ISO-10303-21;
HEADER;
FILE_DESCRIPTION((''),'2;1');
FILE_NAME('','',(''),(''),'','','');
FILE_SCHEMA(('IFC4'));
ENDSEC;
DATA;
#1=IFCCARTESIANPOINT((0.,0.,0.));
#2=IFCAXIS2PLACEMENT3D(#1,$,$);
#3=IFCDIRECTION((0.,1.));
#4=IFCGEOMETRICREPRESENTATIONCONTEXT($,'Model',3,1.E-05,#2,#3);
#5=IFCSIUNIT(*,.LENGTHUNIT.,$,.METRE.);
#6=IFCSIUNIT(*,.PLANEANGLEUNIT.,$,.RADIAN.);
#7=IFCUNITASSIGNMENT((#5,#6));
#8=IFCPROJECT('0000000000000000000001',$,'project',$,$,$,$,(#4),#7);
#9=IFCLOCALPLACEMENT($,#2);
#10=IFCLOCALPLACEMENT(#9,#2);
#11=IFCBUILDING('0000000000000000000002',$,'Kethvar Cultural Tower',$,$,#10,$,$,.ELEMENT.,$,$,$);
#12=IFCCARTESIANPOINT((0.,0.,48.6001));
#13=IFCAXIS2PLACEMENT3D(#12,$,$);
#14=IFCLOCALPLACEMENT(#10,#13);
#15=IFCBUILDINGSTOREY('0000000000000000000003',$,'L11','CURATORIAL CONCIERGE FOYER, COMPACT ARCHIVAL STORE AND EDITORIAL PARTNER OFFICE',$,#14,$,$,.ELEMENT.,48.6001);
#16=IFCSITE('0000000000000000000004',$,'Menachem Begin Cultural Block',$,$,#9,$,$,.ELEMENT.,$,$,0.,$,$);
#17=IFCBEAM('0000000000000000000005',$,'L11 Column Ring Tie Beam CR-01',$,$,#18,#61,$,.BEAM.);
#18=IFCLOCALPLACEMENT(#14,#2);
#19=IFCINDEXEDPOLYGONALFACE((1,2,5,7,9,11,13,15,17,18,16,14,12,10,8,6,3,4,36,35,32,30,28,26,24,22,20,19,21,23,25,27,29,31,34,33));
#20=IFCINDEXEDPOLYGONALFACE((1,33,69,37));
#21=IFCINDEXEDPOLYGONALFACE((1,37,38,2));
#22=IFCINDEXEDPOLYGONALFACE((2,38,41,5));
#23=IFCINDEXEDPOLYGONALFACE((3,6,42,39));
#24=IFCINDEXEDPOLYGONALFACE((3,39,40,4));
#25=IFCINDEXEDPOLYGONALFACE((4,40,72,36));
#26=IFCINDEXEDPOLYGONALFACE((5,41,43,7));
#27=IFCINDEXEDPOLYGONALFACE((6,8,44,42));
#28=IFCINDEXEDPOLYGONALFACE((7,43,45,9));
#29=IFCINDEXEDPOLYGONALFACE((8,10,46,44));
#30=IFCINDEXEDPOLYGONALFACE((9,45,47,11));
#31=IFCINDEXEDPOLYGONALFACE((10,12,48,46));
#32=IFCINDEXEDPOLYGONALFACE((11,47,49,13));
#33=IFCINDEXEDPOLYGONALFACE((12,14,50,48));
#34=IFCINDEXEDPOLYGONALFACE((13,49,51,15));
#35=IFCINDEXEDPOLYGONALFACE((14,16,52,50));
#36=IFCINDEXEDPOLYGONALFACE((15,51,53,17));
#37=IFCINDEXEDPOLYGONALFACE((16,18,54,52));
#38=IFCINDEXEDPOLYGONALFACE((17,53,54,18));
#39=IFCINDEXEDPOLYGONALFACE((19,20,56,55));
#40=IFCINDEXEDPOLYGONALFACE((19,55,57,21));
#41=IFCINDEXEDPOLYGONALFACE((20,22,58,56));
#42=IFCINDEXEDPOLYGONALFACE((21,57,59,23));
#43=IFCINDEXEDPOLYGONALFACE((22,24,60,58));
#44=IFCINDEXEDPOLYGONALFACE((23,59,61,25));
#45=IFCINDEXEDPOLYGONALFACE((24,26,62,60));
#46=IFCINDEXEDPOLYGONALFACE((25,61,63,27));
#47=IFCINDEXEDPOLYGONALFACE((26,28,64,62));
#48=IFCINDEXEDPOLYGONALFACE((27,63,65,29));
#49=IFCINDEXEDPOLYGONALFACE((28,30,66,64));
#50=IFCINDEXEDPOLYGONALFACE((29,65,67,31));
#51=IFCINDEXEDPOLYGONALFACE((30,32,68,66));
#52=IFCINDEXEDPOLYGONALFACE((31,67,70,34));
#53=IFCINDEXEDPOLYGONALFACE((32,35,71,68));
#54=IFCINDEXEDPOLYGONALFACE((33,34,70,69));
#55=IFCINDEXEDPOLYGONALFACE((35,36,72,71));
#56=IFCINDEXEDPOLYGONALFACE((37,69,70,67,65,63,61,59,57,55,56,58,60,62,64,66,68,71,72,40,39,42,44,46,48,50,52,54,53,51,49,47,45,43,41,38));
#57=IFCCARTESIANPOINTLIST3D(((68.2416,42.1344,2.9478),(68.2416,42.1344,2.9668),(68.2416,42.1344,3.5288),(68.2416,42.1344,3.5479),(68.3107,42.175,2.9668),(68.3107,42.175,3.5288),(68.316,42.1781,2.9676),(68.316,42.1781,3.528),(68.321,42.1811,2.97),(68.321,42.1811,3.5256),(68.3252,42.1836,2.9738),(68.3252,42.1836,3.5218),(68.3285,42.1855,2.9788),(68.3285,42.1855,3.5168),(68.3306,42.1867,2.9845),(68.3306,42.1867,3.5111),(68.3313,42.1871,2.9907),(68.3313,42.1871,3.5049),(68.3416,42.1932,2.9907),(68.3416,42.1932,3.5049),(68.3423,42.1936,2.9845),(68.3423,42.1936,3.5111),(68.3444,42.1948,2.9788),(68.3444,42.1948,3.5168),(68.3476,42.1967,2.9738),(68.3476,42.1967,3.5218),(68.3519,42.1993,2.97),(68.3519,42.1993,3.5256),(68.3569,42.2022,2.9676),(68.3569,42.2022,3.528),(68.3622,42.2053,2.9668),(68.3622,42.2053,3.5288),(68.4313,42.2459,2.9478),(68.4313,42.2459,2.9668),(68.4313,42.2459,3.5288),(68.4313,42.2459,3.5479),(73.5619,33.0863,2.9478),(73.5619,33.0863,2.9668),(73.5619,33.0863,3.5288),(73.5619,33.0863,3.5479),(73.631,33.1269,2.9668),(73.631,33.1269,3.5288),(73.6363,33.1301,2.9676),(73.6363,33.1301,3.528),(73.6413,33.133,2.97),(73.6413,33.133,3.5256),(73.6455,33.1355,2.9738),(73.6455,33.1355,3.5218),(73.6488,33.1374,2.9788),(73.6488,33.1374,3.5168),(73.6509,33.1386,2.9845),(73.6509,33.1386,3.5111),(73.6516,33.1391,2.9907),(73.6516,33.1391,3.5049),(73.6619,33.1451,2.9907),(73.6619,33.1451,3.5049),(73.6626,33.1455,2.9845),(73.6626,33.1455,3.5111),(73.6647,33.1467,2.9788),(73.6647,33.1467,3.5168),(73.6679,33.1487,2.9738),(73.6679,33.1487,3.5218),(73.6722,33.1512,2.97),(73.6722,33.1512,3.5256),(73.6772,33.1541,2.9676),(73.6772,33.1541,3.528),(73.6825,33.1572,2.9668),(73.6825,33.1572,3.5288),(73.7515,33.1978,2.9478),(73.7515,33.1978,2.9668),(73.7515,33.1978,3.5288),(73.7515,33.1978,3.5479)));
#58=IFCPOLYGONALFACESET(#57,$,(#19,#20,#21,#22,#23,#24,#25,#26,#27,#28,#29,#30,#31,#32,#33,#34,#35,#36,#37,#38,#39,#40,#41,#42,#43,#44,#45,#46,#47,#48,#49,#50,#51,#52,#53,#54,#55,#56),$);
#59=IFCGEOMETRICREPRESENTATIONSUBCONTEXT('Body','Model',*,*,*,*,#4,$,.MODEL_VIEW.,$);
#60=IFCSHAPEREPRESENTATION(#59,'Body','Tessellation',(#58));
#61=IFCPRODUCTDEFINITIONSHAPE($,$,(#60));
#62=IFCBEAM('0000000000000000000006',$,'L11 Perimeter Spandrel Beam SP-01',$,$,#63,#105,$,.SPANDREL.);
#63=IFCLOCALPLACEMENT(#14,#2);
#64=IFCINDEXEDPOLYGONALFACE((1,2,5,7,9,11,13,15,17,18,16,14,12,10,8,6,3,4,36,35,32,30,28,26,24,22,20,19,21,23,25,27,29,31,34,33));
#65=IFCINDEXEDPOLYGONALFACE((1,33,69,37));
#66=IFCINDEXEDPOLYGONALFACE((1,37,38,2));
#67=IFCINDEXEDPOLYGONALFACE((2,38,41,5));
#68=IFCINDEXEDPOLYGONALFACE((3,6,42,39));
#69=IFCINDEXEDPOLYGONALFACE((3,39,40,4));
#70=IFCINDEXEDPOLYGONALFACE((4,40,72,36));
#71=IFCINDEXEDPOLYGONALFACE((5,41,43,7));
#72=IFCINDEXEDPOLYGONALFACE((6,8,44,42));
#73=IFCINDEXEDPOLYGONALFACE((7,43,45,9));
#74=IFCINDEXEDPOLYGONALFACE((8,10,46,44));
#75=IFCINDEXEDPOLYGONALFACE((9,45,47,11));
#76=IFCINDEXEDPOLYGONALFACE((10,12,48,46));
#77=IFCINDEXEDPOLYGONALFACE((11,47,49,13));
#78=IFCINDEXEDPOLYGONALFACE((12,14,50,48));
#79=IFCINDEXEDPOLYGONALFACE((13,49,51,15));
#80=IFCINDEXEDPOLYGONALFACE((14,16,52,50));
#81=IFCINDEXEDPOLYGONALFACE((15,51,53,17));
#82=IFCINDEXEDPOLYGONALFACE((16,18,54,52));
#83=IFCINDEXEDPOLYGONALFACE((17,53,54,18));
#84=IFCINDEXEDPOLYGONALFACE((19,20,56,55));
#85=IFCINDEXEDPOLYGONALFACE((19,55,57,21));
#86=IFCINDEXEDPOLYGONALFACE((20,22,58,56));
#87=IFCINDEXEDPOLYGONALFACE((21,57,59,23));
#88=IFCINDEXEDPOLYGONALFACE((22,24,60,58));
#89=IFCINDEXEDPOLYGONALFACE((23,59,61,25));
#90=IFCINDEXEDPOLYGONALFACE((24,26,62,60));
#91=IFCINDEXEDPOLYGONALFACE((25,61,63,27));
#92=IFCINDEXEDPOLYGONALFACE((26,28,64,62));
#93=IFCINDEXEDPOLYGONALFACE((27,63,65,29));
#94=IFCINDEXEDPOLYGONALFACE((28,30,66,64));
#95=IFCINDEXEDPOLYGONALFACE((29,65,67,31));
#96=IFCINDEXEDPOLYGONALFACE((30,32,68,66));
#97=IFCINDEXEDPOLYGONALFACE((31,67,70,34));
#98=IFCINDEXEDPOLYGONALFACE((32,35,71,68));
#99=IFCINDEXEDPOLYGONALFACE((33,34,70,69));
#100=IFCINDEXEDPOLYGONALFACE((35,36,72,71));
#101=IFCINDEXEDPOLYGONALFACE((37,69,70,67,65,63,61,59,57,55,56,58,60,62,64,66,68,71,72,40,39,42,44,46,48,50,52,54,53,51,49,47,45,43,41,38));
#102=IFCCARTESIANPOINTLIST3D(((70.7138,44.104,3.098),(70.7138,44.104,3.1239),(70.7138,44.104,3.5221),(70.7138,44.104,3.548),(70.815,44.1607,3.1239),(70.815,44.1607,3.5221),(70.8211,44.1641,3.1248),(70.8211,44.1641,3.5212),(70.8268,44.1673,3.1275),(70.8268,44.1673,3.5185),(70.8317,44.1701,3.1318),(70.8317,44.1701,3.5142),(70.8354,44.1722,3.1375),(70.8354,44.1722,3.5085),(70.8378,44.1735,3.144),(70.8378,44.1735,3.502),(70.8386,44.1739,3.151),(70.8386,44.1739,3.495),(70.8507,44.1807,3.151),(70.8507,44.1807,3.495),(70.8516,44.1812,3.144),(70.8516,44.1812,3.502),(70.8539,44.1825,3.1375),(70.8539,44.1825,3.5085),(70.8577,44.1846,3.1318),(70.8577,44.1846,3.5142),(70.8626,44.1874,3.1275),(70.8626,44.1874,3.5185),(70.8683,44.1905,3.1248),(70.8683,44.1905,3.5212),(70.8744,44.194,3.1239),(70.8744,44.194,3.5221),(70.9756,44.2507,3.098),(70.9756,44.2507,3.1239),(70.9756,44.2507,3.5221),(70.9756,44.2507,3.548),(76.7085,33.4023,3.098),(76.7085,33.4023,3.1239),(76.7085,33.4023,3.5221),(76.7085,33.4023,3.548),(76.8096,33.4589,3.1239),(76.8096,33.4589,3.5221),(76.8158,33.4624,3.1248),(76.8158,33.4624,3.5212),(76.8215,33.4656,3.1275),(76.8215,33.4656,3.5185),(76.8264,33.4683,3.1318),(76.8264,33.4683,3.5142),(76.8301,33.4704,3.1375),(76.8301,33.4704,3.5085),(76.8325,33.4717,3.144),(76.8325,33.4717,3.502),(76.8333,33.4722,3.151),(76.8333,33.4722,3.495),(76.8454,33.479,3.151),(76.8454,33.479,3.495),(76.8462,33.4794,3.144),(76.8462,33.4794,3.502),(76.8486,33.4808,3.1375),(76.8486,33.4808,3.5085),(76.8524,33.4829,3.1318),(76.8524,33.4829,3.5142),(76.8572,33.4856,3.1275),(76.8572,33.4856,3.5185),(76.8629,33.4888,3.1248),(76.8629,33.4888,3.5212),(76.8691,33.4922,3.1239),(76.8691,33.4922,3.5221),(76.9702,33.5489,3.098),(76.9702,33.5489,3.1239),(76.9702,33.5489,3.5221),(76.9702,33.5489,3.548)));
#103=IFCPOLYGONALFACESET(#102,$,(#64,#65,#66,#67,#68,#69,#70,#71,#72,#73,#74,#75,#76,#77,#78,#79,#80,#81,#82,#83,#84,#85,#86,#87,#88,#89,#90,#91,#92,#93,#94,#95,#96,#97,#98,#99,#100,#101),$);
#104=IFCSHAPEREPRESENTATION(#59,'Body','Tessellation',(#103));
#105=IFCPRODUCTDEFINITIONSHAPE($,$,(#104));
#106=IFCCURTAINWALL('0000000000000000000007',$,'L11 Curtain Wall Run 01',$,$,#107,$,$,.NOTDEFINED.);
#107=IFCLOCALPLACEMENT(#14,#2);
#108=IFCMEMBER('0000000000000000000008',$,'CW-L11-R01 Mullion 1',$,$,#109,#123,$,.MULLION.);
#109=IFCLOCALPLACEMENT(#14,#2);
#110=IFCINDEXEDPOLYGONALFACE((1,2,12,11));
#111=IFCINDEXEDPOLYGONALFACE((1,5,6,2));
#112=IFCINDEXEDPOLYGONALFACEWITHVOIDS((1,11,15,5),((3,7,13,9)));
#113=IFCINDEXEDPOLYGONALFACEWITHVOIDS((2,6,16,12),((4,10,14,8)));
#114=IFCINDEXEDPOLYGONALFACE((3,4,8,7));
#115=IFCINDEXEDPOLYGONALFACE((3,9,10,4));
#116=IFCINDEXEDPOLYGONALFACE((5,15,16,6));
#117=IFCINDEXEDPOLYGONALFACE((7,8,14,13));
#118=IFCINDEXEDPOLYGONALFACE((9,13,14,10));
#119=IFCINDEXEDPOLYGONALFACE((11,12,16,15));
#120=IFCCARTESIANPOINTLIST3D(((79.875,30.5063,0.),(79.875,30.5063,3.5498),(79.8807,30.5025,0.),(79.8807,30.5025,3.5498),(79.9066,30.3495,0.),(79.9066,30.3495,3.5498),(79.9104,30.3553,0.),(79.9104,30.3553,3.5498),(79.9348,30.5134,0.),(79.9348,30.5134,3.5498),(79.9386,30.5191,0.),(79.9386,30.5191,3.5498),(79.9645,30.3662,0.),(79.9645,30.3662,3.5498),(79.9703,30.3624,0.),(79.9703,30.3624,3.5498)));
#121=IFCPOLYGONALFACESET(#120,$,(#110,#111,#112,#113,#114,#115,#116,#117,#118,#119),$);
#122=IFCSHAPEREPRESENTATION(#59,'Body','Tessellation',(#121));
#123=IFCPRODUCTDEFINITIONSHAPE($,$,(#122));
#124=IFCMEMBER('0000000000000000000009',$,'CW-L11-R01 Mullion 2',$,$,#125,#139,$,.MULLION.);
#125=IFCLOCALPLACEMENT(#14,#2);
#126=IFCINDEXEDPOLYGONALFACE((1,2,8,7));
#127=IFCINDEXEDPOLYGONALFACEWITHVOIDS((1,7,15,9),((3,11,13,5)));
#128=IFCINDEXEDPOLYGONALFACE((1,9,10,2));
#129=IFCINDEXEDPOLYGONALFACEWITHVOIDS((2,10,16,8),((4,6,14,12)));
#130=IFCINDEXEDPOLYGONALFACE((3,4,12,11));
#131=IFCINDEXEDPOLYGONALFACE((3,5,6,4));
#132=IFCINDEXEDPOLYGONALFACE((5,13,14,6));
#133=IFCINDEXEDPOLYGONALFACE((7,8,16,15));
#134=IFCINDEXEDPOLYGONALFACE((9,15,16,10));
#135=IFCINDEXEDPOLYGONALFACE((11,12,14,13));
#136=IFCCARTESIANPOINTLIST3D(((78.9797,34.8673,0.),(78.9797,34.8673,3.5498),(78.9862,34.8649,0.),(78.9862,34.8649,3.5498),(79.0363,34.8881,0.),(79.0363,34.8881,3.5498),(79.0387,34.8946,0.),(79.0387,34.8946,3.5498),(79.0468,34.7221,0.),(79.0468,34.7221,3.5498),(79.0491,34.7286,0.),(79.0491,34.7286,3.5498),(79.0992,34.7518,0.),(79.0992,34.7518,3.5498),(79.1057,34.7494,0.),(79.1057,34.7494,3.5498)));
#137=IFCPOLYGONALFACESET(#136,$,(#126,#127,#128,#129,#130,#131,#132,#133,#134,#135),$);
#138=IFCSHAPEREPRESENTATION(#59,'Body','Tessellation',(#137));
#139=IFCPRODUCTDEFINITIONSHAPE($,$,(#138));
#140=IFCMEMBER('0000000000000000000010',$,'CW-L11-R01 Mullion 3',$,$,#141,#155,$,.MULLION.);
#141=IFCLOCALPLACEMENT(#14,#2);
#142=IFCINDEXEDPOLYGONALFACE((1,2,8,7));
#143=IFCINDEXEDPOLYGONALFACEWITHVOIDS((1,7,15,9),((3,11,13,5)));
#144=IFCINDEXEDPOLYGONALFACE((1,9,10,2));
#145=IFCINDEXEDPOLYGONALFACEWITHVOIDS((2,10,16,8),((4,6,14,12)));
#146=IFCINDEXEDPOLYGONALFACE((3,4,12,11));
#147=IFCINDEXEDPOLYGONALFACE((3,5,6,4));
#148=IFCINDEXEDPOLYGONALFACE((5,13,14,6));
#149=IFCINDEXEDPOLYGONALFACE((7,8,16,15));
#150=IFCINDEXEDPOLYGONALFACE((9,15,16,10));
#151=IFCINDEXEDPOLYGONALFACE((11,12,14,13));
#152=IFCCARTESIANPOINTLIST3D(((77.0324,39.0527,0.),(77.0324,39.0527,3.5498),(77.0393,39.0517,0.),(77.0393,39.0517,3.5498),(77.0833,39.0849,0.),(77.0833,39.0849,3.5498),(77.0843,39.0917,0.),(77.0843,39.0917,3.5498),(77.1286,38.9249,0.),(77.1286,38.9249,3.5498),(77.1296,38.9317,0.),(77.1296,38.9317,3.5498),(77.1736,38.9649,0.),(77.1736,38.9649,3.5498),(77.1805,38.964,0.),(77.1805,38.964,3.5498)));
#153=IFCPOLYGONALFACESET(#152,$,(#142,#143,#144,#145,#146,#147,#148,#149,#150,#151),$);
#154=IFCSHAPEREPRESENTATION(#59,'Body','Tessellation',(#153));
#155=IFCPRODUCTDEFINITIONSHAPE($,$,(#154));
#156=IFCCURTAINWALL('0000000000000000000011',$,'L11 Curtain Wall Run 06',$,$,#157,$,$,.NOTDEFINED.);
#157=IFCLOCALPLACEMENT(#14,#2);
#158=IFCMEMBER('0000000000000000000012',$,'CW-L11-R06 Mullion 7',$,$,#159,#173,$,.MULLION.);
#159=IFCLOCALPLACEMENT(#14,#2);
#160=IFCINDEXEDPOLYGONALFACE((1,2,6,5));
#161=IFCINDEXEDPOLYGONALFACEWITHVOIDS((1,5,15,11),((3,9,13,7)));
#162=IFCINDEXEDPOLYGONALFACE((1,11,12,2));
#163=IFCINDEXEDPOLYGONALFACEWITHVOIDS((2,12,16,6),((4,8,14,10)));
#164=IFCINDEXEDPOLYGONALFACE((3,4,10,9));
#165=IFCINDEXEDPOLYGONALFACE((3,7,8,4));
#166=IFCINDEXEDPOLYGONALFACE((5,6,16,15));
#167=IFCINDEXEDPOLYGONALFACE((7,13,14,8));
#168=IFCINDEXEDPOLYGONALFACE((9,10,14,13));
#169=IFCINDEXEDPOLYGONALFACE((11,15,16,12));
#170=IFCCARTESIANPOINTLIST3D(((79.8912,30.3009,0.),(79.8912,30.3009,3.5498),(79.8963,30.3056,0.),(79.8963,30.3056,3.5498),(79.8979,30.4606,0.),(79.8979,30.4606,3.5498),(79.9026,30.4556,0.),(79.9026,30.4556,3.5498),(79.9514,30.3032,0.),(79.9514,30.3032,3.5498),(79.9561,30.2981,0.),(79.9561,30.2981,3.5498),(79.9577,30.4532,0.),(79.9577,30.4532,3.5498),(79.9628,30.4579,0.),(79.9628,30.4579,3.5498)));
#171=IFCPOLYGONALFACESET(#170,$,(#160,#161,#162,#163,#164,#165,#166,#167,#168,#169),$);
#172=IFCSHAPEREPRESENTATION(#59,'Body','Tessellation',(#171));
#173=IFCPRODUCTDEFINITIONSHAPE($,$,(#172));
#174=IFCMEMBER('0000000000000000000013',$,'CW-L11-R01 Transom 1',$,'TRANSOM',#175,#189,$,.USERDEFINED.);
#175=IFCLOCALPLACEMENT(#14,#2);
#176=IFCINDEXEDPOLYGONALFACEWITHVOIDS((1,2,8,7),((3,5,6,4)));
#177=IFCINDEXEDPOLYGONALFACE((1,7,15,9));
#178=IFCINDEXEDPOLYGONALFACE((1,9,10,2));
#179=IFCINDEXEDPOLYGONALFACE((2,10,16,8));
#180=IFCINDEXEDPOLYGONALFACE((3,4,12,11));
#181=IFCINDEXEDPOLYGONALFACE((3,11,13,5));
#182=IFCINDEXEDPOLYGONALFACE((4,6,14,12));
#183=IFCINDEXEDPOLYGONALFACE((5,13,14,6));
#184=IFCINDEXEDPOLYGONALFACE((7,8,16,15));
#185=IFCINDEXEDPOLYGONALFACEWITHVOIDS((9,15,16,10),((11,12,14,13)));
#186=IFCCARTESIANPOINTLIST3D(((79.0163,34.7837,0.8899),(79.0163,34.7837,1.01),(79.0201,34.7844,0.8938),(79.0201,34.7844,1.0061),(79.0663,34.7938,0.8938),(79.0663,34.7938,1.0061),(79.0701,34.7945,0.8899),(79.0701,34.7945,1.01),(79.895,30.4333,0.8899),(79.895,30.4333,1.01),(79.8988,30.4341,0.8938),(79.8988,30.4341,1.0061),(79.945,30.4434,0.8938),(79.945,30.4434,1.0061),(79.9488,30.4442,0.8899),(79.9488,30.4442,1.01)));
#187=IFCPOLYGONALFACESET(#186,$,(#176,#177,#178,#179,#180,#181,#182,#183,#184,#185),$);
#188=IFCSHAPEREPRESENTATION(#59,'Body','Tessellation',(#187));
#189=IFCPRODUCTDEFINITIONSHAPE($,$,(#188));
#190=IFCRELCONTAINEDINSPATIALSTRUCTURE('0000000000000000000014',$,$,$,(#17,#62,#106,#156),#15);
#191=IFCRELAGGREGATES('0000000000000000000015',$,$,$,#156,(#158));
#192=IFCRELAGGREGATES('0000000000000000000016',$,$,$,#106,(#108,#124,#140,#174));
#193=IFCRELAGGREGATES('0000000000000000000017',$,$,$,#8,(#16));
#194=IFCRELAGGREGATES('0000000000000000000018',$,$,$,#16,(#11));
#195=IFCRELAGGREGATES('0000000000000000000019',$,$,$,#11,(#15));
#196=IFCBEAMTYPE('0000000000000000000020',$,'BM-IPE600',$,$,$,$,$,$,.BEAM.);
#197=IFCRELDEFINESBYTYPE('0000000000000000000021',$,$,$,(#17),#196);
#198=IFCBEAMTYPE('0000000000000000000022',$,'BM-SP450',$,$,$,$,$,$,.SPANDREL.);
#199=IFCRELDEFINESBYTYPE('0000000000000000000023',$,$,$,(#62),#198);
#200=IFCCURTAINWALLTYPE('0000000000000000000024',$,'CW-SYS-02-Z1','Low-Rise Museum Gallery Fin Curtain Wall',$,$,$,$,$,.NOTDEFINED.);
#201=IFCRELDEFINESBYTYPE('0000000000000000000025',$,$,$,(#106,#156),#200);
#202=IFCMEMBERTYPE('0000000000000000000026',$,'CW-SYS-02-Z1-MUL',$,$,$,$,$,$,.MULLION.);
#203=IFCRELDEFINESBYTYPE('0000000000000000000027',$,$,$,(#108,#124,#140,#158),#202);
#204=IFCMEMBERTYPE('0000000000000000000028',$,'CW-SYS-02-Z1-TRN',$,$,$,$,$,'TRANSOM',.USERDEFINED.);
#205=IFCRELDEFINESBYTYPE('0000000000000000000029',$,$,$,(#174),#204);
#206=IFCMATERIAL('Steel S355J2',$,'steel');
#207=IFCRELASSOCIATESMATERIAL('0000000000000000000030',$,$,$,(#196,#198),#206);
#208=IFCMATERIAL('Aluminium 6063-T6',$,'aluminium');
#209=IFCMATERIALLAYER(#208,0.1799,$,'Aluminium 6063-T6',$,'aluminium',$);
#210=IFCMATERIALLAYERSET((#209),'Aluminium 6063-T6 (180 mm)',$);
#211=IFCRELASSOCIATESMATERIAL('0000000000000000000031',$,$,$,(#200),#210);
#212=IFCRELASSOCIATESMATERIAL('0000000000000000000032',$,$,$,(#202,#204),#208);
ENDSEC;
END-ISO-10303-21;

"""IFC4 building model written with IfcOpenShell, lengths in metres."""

from ifc_helpers import new_model, si_unit, direction, frame, origin, origin_2d, place, context, subcontext, project, spatial, hollow_rectangle, i_section, extrude, source, transform, mapped, material, layer, layer_set, material_profile, profile_set, type_object, element, aggregate, save


model = new_model("IFC4")

# Units and contexts
model_context = context("Model", 3, precision=1e-05, world=origin(), true_north=direction((0.0, 1.0)))
body_context = subcontext(model_context, "Body", "Model", "MODEL_VIEW")
ifc_project = project(units=[si_unit("LENGTHUNIT", "METRE"), si_unit("PLANEANGLEUNIT", "RADIAN")], contexts=[model_context])

# Site, building, storey
site_placement = place(None, origin())
site = spatial("IfcSite", under=ifc_project, at=site_placement, Name="Menachem Begin Cultural Block", CompositionType="ELEMENT", RefElevation=0.0)
building_placement = place(site_placement, origin())
building = spatial("IfcBuilding", under=site, at=building_placement, Name="Kethvar Cultural Tower", CompositionType="ELEMENT")
storey_placement = place(building_placement, frame((0.0, 0.0, 48.6001)))
storey = spatial("IfcBuildingStorey", under=building, at=storey_placement, Name="L11", Description="CURATORIAL CONCIERGE FOYER, COMPACT ARCHIVAL STORE AND EDITORIAL PARTNER OFFICE", CompositionType="ELEMENT", Elevation=48.6001)

# Beams
ifc_material_1 = material(Name="Steel S355J2", Category="steel")
ifc_material_profile_1 = material_profile(ifc_material_1, i_section(OverallWidth=0.22, OverallDepth=0.6001, WebThickness=0.012, FlangeThickness=0.019, FilletRadius=0.0239, at=origin_2d()), Name="Steel S355J2 — IPE600")
ifc_profile_set_1 = profile_set([ifc_material_profile_1], Name="Steel S355J2 — IPE600")
beam_type_1 = type_object("IfcBeamType", Name="BM-IPE600", PredefinedType="BEAM", material=ifc_profile_set_1)
shared_shape_1 = source(origin(), body_context, "Body", "SweptSolid", [
    extrude(i_section(OverallWidth=0.22, OverallDepth=0.6001, WebThickness=0.012, FlangeThickness=0.019, FilletRadius=0.0239, at=origin_2d()), origin(), (0.0, 0.0, 1.0), 10.4963),
])
beam_1_placement = place(storey_placement, frame((73.6567, 33.1421, 3.2478), z_axis=(-0.506872, 0.862022, 0.0), x_axis=(-0.862022, -0.506872, 0.0)))
element("IfcBeam", 1, at=beam_1_placement, inside=storey, type_object=beam_type_1, Name="L11 Column Ring Tie Beam CR-01", PredefinedType="BEAM", context=body_context, shape_type="MappedRepresentation", body=[
    mapped(shared_shape_1, transform((0.0, 0.0, 0.0), scale=1.0)),
])
ifc_material_profile_2 = material_profile(ifc_material_1, i_section(OverallWidth=0.3, OverallDepth=0.45, WebThickness=0.0139, FlangeThickness=0.0259, FilletRadius=0.0271, at=origin_2d()), Name="Steel S355J2 — HEB450")
ifc_profile_set_2 = profile_set([ifc_material_profile_2], Name="Steel S355J2 — HEB450")
beam_type_2 = type_object("IfcBeamType", Name="BM-SP450", PredefinedType="SPANDREL", material=ifc_profile_set_2)
shared_shape_2 = source(origin(), body_context, "Body", "SweptSolid", [
    extrude(i_section(OverallWidth=0.3, OverallDepth=0.45, WebThickness=0.0139, FlangeThickness=0.0259, FilletRadius=0.0271, at=origin_2d()), origin(), (0.0, 0.0, 1.0), 12.2664),
])
beam_2_placement = place(storey_placement, frame((76.8394, 33.4756, 3.323), z_axis=(-0.488709, 0.872447, 0.0), x_axis=(-0.872447, -0.488709, 0.0)))
element("IfcBeam", 2, at=beam_2_placement, inside=storey, type_object=beam_type_2, Name="L11 Perimeter Spandrel Beam SP-01", PredefinedType="SPANDREL", context=body_context, shape_type="MappedRepresentation", body=[
    mapped(shared_shape_2, transform((0.0, 0.0, 0.0), scale=1.0)),
])

# Curtain wall, members
ifc_material_2 = material(Name="Aluminium 6063-T6", Category="aluminium")
ifc_layer_1 = layer(ifc_material_2, 0.1799, Name="Aluminium 6063-T6", Category="aluminium")
ifc_layer_set_1 = layer_set([ifc_layer_1], Name="Aluminium 6063-T6 (180 mm)")
curtain_wall_type = type_object("IfcCurtainWallType", Name="CW-SYS-02-Z1", Description="Low-Rise Museum Gallery Fin Curtain Wall", PredefinedType="NOTDEFINED", material=ifc_layer_set_1)
curtain_wall_1_placement = place(storey_placement, origin())
curtain_wall_1 = element("IfcCurtainWall", 3, at=curtain_wall_1_placement, inside=storey, type_object=curtain_wall_type, Name="L11 Curtain Wall Run 01", PredefinedType="NOTDEFINED")
ifc_material_profile_3 = material_profile(ifc_material_2, hollow_rectangle(XDim=0.0649, YDim=0.1599, WallThickness=0.0049, at=origin_2d()), Name="Aluminium 6063-T6 — RHS160x65x5")
ifc_profile_set_3 = profile_set([ifc_material_profile_3], Name="Aluminium 6063-T6 — RHS160x65x5")
member_type_1 = type_object("IfcMemberType", Name="CW-SYS-02-Z1-MUL", PredefinedType="MULLION", material=ifc_profile_set_3)
shared_shape_3 = source(origin(), body_context, "Body", "SweptSolid", [
    extrude(hollow_rectangle(XDim=0.0649, YDim=0.1599, WallThickness=0.0049, at=origin_2d()), origin(), (0.0, 0.0, 1.0), 3.5498),
])
member_1_placement = place(storey_placement, frame((79.9226, 30.4343, 0.0), z_axis=(0.0, 0.0, 1.0), x_axis=(-0.980209, -0.197965, 0.0)))
member_1 = element("IfcMember", 4, at=member_1_placement, type_object=member_type_1, Name="CW-L11-R01 Mullion 1", PredefinedType="MULLION", context=body_context, shape_type="MappedRepresentation", body=[
    mapped(shared_shape_3, transform((0.0, 0.0, 0.0), scale=1.0)),
])
member_2_placement = place(storey_placement, frame((79.0427, 34.8083, 0.0), z_axis=(0.0, 0.0, 1.0), x_axis=(-0.907909, -0.419167, 0.0)))
member_2 = element("IfcMember", 5, at=member_2_placement, type_object=member_type_1, Name="CW-L11-R01 Mullion 2", PredefinedType="MULLION", context=body_context, shape_type="MappedRepresentation", body=[
    mapped(shared_shape_3, transform((0.0, 0.0, 0.0), scale=1.0)),
])
member_3_placement = place(storey_placement, frame((77.1064, 39.0083, 0.0), z_axis=(0.0, 0.0, 1.0), x_axis=(-0.798919, -0.601439, 0.0)))
member_3 = element("IfcMember", 6, at=member_3_placement, type_object=member_type_1, Name="CW-L11-R01 Mullion 3", PredefinedType="MULLION", context=body_context, shape_type="MappedRepresentation", body=[
    mapped(shared_shape_3, transform((0.0, 0.0, 0.0), scale=1.0)),
])

# Curtain wall, member
curtain_wall_2_placement = place(storey_placement, origin())
curtain_wall_2 = element("IfcCurtainWall", 7, at=curtain_wall_2_placement, inside=storey, type_object=curtain_wall_type, Name="L11 Curtain Wall Run 06", PredefinedType="NOTDEFINED")
member_4_placement = place(storey_placement, frame((79.927, 30.3794, 0.0), z_axis=(0.0, 0.0, 1.0), x_axis=(-0.99911, 0.042172, 0.0)))
member_4 = element("IfcMember", 8, at=member_4_placement, type_object=member_type_1, Name="CW-L11-R06 Mullion 7", PredefinedType="MULLION", context=body_context, shape_type="MappedRepresentation", body=[
    mapped(shared_shape_3, transform((0.0, 0.0, 0.0), scale=1.0)),
])

# Member
ifc_material_profile_4 = material_profile(ifc_material_2, hollow_rectangle(XDim=0.0549, YDim=0.1201, WallThickness=0.0039, at=origin_2d()), Name="Aluminium 6063-T6 — RHS120x55x4")
ifc_profile_set_4 = profile_set([ifc_material_profile_4], Name="Aluminium 6063-T6 — RHS120x55x4")
member_type_2 = type_object("IfcMemberType", Name="CW-SYS-02-Z1-TRN", ElementType="TRANSOM", PredefinedType="USERDEFINED", material=ifc_profile_set_4)
shared_shape_4 = source(origin(), body_context, "Body", "SweptSolid", [
    extrude(hollow_rectangle(XDim=0.0549, YDim=0.1201, WallThickness=0.0039, at=origin_2d()), origin(), (0.0, 0.0, 1.0), 4.4382),
])
member_5_placement = place(storey_placement, frame((79.9219, 30.4387, 0.95), z_axis=(-0.197978, 0.980207, 0.0), x_axis=(-0.980207, -0.197978, 0.0)))
member_5 = element("IfcMember", 9, at=member_5_placement, type_object=member_type_2, Name="CW-L11-R01 Transom 1", ObjectType="TRANSOM", PredefinedType="USERDEFINED", context=body_context, shape_type="MappedRepresentation", body=[
    mapped(shared_shape_4, transform((0.0, 0.0, 0.0), scale=1.0)),
])

aggregate(curtain_wall_2, [member_4])
aggregate(curtain_wall_1, [member_1, member_2, member_3, member_5])

save(model, "model.ifc")
